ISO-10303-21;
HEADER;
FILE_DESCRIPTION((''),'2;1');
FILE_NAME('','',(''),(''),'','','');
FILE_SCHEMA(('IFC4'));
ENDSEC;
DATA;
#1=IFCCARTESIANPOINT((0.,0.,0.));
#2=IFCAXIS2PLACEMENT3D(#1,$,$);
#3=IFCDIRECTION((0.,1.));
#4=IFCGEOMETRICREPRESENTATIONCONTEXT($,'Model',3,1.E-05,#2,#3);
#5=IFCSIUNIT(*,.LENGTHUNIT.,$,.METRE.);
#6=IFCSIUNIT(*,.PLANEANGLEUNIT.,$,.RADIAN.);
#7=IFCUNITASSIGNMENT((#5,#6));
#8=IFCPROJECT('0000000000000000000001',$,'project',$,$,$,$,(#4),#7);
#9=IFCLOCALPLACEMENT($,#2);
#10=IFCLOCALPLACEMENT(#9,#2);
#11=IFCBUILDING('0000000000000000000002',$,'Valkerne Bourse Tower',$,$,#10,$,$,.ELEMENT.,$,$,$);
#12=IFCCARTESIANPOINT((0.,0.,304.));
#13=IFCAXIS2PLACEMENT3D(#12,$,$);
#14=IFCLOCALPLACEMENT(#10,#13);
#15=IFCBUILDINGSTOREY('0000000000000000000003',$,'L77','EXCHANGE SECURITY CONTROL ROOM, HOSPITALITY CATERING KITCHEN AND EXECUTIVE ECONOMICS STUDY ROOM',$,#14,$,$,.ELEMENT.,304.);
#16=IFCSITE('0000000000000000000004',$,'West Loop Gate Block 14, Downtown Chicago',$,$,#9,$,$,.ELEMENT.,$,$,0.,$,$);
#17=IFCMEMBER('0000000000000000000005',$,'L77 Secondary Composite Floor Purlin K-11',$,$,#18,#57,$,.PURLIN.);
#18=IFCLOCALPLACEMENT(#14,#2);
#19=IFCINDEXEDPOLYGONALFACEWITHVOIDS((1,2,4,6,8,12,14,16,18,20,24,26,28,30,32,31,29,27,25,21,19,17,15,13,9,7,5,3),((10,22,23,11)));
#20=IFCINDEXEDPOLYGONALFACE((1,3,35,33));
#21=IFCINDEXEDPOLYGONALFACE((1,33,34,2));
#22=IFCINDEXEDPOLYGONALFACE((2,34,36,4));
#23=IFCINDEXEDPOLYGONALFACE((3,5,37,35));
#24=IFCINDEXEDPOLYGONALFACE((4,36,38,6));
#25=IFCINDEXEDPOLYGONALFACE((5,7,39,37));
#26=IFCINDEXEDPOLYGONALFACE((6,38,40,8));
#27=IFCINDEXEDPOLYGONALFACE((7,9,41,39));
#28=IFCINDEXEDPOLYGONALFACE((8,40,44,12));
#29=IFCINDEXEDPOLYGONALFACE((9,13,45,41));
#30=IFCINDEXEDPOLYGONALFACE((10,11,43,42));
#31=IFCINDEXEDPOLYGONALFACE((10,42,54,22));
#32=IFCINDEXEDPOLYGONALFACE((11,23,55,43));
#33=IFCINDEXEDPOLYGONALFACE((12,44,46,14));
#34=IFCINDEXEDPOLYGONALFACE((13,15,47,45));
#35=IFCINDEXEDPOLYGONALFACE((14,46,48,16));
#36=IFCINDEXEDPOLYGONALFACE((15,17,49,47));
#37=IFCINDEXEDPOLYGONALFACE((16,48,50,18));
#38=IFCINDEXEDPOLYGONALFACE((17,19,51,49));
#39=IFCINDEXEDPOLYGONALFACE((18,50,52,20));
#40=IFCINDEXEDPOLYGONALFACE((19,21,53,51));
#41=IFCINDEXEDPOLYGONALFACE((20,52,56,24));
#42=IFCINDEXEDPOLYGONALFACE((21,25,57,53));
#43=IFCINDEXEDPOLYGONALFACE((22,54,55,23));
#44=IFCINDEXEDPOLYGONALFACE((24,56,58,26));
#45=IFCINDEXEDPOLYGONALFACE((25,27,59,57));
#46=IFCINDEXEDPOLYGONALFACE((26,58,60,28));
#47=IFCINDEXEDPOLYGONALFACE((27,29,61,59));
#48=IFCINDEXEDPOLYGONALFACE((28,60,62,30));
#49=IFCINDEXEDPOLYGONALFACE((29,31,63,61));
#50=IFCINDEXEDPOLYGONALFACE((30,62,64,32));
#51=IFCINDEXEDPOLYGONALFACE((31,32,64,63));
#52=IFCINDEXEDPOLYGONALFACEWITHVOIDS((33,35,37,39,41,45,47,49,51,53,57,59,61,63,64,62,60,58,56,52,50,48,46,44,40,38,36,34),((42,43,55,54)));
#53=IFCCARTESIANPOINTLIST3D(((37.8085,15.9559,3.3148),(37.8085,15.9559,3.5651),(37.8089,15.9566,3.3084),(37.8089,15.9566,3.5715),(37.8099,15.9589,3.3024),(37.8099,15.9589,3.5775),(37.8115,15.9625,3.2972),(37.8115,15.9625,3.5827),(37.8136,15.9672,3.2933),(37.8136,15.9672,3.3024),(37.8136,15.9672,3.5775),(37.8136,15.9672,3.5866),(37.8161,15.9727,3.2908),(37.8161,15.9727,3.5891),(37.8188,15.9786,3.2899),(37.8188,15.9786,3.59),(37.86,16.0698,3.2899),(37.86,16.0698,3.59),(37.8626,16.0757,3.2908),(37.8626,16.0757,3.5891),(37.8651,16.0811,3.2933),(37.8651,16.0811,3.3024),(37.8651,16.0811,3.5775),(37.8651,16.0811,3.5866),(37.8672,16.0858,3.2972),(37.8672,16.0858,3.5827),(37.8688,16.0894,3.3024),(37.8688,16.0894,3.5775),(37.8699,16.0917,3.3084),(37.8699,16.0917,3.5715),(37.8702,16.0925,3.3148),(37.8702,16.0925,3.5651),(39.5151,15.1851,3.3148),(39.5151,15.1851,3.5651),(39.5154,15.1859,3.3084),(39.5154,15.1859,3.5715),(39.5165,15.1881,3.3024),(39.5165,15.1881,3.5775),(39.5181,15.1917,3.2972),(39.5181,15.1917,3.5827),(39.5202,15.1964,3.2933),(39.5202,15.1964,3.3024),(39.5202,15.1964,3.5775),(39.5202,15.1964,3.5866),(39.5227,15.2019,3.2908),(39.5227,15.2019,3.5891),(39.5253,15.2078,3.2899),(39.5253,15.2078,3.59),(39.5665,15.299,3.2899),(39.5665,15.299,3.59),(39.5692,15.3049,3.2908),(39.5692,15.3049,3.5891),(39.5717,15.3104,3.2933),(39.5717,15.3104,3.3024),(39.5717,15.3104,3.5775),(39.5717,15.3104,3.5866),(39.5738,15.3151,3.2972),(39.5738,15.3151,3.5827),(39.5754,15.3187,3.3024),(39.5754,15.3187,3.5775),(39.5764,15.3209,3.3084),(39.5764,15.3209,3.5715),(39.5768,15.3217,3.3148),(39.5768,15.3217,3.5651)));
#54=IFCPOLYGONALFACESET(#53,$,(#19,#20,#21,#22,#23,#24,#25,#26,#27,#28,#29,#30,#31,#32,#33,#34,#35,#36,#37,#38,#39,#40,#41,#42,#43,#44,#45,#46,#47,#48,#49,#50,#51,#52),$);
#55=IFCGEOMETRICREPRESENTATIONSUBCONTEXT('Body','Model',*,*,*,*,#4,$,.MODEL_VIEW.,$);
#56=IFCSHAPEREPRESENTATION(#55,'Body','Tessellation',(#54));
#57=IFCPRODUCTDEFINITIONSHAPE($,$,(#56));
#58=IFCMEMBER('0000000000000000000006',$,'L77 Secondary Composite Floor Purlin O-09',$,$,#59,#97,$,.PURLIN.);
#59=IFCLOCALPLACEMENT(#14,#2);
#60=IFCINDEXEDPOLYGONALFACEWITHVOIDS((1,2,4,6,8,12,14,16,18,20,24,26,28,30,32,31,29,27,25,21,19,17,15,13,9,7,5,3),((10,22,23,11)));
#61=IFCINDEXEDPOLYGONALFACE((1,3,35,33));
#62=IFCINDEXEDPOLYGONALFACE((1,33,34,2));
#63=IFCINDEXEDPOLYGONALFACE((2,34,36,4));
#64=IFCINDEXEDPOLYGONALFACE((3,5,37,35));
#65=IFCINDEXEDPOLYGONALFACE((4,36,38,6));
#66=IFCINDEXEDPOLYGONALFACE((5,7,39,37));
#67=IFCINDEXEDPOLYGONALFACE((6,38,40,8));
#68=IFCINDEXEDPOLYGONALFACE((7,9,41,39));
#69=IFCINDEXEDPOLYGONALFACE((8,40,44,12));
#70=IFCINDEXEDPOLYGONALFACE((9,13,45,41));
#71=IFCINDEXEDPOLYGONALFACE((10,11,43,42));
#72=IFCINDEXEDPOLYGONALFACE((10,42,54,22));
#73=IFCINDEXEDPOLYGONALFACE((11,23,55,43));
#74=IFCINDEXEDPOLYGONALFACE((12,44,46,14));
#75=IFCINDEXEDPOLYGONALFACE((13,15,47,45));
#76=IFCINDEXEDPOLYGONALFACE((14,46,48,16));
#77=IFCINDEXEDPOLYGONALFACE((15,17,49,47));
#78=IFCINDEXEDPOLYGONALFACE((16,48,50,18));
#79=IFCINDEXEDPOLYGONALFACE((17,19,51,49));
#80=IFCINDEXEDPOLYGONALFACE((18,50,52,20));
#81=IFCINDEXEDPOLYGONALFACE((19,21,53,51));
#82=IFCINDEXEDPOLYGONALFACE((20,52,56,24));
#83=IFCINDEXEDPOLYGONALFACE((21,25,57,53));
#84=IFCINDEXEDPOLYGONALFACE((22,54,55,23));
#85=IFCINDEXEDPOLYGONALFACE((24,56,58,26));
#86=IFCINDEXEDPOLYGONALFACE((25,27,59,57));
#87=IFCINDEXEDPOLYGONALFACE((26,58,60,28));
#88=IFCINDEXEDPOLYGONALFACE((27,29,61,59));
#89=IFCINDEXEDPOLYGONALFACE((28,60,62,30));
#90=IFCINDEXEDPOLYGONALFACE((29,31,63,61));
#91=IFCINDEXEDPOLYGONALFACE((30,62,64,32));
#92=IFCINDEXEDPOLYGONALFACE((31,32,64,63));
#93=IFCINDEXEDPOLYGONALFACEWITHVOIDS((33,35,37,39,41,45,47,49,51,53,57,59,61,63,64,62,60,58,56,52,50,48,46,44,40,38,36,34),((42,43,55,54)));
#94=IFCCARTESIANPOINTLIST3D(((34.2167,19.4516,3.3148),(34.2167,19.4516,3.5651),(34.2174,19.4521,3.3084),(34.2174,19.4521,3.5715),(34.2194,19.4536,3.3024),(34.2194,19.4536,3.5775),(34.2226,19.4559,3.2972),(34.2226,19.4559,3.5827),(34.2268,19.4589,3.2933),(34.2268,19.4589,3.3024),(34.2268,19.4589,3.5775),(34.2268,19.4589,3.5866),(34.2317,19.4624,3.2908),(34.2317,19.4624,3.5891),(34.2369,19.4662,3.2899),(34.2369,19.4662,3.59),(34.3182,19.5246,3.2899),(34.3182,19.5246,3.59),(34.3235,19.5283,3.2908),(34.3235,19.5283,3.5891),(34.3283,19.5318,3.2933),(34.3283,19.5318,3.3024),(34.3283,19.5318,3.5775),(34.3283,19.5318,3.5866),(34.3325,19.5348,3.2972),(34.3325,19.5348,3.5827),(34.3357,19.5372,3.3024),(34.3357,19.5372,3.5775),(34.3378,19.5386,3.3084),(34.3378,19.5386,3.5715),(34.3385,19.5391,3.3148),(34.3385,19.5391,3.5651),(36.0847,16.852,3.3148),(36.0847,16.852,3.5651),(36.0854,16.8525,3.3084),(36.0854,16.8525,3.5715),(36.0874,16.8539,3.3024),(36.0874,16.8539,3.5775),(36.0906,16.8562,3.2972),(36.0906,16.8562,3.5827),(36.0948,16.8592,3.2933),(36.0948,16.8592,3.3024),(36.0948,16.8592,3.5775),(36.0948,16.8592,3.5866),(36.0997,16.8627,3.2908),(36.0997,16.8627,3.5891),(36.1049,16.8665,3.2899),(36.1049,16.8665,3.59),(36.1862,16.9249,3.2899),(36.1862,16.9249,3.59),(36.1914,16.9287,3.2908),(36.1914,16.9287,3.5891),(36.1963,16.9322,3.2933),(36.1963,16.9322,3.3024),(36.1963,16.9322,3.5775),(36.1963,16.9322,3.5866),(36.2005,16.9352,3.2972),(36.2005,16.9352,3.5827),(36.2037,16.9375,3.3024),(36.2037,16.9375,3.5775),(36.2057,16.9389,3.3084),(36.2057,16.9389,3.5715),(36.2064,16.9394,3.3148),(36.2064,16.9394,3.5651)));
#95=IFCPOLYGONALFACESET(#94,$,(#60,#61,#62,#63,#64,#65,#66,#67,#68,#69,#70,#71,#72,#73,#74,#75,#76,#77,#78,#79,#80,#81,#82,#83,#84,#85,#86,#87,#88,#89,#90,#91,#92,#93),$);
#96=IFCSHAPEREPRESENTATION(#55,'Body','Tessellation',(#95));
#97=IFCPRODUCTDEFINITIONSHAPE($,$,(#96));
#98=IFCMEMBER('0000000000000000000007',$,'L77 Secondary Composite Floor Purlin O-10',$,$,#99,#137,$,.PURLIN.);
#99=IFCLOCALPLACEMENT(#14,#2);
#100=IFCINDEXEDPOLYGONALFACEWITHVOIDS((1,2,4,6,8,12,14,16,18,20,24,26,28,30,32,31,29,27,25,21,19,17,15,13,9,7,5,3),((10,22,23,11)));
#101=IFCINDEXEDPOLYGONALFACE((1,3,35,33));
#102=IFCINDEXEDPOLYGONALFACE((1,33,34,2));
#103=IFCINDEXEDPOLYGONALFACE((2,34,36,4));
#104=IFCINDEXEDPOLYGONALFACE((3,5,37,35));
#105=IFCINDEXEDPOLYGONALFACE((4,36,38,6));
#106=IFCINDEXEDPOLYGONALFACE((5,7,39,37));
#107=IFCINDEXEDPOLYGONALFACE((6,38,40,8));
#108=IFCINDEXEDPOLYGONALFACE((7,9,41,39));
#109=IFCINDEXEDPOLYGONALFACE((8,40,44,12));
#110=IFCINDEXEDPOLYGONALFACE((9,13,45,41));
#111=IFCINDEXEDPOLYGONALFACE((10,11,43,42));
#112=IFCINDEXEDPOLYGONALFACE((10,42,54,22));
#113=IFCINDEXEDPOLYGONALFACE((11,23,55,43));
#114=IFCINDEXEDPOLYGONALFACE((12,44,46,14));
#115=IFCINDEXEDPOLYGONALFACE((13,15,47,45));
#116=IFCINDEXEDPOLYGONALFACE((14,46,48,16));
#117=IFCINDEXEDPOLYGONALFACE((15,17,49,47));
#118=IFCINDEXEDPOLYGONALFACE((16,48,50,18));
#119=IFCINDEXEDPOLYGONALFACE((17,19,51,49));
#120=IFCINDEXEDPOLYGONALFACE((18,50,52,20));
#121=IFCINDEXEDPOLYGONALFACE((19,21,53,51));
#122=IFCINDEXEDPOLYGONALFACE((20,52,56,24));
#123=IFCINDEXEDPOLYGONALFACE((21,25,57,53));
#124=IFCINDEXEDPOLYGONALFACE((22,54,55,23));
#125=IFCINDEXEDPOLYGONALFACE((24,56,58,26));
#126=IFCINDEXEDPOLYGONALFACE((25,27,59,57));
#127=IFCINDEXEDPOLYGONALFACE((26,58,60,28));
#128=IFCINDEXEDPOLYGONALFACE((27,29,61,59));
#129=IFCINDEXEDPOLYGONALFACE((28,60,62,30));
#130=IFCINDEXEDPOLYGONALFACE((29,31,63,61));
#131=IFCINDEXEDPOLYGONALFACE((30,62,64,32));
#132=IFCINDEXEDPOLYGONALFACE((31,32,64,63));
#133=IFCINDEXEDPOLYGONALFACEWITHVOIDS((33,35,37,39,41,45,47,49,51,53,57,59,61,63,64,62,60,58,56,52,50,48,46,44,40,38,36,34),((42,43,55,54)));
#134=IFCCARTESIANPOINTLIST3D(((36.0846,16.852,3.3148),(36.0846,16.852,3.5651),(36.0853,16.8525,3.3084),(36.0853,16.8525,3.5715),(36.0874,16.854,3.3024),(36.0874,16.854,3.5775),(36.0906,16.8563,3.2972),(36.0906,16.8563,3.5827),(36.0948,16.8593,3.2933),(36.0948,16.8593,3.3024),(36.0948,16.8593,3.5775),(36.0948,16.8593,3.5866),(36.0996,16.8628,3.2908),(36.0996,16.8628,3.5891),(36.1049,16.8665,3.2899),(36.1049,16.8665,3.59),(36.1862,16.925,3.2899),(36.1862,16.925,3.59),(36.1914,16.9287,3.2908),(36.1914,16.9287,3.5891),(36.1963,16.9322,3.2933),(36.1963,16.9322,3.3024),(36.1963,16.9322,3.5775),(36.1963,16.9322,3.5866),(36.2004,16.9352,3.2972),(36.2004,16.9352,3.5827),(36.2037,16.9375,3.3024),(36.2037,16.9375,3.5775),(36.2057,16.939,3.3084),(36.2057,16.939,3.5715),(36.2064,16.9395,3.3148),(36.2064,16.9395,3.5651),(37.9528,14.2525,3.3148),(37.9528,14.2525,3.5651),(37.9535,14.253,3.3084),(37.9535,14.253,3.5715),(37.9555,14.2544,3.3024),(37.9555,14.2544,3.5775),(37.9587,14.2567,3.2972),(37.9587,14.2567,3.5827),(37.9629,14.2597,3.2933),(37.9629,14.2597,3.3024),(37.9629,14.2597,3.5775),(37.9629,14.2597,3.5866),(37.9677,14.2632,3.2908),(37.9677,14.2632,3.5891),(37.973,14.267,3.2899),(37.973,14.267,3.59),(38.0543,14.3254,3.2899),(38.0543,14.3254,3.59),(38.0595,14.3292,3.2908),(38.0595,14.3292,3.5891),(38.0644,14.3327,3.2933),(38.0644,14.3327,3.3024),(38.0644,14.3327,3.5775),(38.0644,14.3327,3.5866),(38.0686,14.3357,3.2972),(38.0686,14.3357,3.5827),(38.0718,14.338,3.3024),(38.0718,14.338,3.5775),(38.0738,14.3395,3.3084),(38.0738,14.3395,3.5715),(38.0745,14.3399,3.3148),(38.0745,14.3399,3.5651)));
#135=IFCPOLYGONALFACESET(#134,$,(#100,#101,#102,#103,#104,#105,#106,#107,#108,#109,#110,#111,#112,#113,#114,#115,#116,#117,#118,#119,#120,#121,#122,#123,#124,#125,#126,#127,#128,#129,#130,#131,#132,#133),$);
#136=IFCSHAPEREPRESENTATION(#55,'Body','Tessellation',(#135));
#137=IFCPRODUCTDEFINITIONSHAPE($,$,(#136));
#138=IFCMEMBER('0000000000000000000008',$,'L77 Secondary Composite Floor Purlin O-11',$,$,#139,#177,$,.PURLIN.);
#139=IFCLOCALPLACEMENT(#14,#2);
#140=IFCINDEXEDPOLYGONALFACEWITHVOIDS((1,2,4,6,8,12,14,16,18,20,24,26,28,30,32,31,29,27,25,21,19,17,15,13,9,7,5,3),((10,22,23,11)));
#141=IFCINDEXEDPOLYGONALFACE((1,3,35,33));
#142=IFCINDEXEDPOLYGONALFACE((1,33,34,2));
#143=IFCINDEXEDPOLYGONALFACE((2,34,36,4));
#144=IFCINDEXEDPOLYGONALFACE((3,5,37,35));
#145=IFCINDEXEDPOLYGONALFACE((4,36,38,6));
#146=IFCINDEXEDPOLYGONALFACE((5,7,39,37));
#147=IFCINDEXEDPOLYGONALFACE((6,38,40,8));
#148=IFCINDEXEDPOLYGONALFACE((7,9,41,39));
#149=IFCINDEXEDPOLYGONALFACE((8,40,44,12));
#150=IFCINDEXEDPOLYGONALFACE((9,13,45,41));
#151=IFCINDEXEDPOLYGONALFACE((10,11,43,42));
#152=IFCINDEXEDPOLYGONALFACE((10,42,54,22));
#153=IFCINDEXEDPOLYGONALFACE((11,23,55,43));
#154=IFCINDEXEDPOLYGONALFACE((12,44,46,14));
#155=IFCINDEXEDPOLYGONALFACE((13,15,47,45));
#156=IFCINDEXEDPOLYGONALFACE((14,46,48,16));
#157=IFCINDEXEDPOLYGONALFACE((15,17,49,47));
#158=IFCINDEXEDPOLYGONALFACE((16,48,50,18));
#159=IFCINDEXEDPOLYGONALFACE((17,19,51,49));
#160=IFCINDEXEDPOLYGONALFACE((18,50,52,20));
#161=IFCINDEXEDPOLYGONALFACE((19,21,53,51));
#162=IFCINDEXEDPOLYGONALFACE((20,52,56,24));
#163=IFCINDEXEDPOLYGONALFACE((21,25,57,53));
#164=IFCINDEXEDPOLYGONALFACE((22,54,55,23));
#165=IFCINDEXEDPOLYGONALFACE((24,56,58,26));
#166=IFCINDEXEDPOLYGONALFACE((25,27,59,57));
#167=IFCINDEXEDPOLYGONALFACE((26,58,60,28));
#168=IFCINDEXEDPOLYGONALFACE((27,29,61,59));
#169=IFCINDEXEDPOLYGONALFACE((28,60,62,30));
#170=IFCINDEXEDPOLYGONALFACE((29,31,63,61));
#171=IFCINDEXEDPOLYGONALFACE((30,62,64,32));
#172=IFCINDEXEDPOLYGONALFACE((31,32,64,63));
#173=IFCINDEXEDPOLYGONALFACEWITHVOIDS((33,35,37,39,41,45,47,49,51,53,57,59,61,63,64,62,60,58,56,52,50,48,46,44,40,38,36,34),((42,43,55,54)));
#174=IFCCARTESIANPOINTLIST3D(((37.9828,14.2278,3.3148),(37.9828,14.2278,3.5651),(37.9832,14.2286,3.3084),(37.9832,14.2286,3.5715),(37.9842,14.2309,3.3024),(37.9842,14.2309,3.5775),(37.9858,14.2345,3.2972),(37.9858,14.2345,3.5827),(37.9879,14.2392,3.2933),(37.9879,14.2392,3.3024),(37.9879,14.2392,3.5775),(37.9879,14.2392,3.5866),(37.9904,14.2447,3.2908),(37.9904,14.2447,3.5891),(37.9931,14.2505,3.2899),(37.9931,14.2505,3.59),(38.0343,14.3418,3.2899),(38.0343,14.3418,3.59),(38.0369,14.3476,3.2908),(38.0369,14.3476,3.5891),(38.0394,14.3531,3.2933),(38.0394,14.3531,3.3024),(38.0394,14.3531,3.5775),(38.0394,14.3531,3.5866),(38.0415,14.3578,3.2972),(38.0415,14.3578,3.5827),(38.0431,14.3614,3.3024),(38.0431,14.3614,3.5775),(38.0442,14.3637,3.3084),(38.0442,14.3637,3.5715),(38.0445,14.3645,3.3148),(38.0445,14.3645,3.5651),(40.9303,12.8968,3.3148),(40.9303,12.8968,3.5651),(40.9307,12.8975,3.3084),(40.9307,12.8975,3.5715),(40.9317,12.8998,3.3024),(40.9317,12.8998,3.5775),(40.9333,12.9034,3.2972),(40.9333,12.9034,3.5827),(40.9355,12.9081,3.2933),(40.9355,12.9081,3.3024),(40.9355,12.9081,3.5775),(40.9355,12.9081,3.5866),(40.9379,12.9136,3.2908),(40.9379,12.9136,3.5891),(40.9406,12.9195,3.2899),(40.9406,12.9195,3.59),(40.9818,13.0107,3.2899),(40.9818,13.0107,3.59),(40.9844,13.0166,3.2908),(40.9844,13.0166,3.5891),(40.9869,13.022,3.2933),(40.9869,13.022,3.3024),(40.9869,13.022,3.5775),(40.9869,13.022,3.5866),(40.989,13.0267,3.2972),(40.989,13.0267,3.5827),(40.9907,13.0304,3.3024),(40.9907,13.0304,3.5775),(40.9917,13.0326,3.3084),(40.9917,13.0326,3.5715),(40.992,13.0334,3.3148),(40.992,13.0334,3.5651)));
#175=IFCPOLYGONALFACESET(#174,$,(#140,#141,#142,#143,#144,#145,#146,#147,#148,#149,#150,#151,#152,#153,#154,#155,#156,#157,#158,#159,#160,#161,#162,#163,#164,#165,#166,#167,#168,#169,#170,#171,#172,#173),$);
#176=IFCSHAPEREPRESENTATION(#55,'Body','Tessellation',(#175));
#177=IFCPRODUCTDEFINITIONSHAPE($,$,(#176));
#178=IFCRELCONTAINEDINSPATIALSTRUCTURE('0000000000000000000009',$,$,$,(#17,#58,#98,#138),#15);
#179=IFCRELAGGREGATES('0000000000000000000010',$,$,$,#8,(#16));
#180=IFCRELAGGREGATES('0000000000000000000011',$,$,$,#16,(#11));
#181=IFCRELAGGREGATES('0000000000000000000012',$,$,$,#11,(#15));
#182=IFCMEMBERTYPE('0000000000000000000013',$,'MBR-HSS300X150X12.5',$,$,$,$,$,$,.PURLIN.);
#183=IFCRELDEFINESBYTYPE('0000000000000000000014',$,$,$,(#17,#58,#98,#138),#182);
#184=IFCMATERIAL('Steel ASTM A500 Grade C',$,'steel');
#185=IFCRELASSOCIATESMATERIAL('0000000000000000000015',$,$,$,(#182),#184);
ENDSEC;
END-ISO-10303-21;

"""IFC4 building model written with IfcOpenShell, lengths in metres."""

from ifc_helpers import new_model, si_unit, direction, frame, origin, origin_2d, place, context, subcontext, project, spatial, hollow_rectangle, extrude, material, material_profile, profile_set, type_object, element, save


model = new_model("IFC4")

# Units and contexts
model_context = context("Model", 3, precision=1e-05, world=origin(), true_north=direction((0.0, 1.0)))
body_context = subcontext(model_context, "Body", "Model", "MODEL_VIEW")
ifc_project = project(units=[si_unit("LENGTHUNIT", "METRE"), si_unit("PLANEANGLEUNIT", "RADIAN")], contexts=[model_context])

# Site, building, storey
site_placement = place(None, origin())
site = spatial("IfcSite", under=ifc_project, at=site_placement, Name="West Loop Gate Block 14, Downtown Chicago", CompositionType="ELEMENT", RefElevation=0.0)
building_placement = place(site_placement, origin())
building = spatial("IfcBuilding", under=site, at=building_placement, Name="Valkerne Bourse Tower", CompositionType="ELEMENT")
storey_placement = place(building_placement, frame((0.0, 0.0, 304.0)))
storey = spatial("IfcBuildingStorey", under=building, at=storey_placement, Name="L77", Description="EXCHANGE SECURITY CONTROL ROOM, HOSPITALITY CATERING KITCHEN AND EXECUTIVE ECONOMICS STUDY ROOM", CompositionType="ELEMENT", Elevation=304.0)

# Members
ifc_material_1 = material(Name="Steel ASTM A500 Grade C", Category="steel")
ifc_material_profile_1 = material_profile(ifc_material_1, hollow_rectangle(XDim=0.1499, YDim=0.3, WallThickness=0.0125, OuterFilletRadius=0.0249, at=origin_2d()), Name="HSS300X150X12.5")
ifc_profile_set_1 = profile_set([ifc_material_profile_1], Name="Steel ASTM A500 Grade C")
member_type_1 = type_object("IfcMemberType", Name="MBR-HSS300X150X12.5", PredefinedType="PURLIN", material=ifc_profile_set_1)
member_1_placement = place(storey_placement, frame((37.8394, 16.0242, 3.4399), z_axis=(0.91136, -0.411611, 0.0), x_axis=(0.411611, 0.91136, 0.0)))
element("IfcMember", 1, at=member_1_placement, inside=storey, type_object=member_type_1, Name="L77 Secondary Composite Floor Purlin K-11", PredefinedType="PURLIN", context=body_context, shape_type="SweptSolid", body=[
    extrude(hollow_rectangle(XDim=0.1499, YDim=0.3, WallThickness=0.0125, OuterFilletRadius=0.0249, at=origin_2d()), origin(), (0.0, 0.0, 1.0), 1.8726),
])
for number, where, z_axis, x_axis, name in (
    (2, (34.2776, 19.4954, 3.4399), (0.583523, -0.812097, 0.0), (0.812097, 0.583523, 0.0), "L77 Secondary Composite Floor Purlin O-09"),
    (3, (36.1455, 16.8958, 3.4399), (0.583573, -0.812061, 0.0), (0.812061, 0.583573, 0.0), "L77 Secondary Composite Floor Purlin O-10"),
):
    element("IfcMember", number, at=place(storey_placement, frame(where, z_axis=z_axis, x_axis=x_axis)), inside=storey, type_object=member_type_1, Name=name, PredefinedType="PURLIN", context=body_context, shape_type="SweptSolid", body=[
        extrude(hollow_rectangle(XDim=0.1499, YDim=0.3, WallThickness=0.0125, OuterFilletRadius=0.0249, at=origin_2d()), origin(), (0.0, 0.0, 1.0), 3.2012),
    ])
member_2_placement = place(storey_placement, frame((38.0137, 14.2961, 3.4399), z_axis=(0.91138, -0.411566, 0.0), x_axis=(0.411566, 0.91138, 0.0)))
element("IfcMember", 4, at=member_2_placement, inside=storey, type_object=member_type_1, Name="L77 Secondary Composite Floor Purlin O-11", PredefinedType="PURLIN", context=body_context, shape_type="SweptSolid", body=[
    extrude(hollow_rectangle(XDim=0.1499, YDim=0.3, WallThickness=0.0125, OuterFilletRadius=0.0249, at=origin_2d()), origin(), (0.0, 0.0, 1.0), 3.2341),
])

save(model, "model.ifc")
